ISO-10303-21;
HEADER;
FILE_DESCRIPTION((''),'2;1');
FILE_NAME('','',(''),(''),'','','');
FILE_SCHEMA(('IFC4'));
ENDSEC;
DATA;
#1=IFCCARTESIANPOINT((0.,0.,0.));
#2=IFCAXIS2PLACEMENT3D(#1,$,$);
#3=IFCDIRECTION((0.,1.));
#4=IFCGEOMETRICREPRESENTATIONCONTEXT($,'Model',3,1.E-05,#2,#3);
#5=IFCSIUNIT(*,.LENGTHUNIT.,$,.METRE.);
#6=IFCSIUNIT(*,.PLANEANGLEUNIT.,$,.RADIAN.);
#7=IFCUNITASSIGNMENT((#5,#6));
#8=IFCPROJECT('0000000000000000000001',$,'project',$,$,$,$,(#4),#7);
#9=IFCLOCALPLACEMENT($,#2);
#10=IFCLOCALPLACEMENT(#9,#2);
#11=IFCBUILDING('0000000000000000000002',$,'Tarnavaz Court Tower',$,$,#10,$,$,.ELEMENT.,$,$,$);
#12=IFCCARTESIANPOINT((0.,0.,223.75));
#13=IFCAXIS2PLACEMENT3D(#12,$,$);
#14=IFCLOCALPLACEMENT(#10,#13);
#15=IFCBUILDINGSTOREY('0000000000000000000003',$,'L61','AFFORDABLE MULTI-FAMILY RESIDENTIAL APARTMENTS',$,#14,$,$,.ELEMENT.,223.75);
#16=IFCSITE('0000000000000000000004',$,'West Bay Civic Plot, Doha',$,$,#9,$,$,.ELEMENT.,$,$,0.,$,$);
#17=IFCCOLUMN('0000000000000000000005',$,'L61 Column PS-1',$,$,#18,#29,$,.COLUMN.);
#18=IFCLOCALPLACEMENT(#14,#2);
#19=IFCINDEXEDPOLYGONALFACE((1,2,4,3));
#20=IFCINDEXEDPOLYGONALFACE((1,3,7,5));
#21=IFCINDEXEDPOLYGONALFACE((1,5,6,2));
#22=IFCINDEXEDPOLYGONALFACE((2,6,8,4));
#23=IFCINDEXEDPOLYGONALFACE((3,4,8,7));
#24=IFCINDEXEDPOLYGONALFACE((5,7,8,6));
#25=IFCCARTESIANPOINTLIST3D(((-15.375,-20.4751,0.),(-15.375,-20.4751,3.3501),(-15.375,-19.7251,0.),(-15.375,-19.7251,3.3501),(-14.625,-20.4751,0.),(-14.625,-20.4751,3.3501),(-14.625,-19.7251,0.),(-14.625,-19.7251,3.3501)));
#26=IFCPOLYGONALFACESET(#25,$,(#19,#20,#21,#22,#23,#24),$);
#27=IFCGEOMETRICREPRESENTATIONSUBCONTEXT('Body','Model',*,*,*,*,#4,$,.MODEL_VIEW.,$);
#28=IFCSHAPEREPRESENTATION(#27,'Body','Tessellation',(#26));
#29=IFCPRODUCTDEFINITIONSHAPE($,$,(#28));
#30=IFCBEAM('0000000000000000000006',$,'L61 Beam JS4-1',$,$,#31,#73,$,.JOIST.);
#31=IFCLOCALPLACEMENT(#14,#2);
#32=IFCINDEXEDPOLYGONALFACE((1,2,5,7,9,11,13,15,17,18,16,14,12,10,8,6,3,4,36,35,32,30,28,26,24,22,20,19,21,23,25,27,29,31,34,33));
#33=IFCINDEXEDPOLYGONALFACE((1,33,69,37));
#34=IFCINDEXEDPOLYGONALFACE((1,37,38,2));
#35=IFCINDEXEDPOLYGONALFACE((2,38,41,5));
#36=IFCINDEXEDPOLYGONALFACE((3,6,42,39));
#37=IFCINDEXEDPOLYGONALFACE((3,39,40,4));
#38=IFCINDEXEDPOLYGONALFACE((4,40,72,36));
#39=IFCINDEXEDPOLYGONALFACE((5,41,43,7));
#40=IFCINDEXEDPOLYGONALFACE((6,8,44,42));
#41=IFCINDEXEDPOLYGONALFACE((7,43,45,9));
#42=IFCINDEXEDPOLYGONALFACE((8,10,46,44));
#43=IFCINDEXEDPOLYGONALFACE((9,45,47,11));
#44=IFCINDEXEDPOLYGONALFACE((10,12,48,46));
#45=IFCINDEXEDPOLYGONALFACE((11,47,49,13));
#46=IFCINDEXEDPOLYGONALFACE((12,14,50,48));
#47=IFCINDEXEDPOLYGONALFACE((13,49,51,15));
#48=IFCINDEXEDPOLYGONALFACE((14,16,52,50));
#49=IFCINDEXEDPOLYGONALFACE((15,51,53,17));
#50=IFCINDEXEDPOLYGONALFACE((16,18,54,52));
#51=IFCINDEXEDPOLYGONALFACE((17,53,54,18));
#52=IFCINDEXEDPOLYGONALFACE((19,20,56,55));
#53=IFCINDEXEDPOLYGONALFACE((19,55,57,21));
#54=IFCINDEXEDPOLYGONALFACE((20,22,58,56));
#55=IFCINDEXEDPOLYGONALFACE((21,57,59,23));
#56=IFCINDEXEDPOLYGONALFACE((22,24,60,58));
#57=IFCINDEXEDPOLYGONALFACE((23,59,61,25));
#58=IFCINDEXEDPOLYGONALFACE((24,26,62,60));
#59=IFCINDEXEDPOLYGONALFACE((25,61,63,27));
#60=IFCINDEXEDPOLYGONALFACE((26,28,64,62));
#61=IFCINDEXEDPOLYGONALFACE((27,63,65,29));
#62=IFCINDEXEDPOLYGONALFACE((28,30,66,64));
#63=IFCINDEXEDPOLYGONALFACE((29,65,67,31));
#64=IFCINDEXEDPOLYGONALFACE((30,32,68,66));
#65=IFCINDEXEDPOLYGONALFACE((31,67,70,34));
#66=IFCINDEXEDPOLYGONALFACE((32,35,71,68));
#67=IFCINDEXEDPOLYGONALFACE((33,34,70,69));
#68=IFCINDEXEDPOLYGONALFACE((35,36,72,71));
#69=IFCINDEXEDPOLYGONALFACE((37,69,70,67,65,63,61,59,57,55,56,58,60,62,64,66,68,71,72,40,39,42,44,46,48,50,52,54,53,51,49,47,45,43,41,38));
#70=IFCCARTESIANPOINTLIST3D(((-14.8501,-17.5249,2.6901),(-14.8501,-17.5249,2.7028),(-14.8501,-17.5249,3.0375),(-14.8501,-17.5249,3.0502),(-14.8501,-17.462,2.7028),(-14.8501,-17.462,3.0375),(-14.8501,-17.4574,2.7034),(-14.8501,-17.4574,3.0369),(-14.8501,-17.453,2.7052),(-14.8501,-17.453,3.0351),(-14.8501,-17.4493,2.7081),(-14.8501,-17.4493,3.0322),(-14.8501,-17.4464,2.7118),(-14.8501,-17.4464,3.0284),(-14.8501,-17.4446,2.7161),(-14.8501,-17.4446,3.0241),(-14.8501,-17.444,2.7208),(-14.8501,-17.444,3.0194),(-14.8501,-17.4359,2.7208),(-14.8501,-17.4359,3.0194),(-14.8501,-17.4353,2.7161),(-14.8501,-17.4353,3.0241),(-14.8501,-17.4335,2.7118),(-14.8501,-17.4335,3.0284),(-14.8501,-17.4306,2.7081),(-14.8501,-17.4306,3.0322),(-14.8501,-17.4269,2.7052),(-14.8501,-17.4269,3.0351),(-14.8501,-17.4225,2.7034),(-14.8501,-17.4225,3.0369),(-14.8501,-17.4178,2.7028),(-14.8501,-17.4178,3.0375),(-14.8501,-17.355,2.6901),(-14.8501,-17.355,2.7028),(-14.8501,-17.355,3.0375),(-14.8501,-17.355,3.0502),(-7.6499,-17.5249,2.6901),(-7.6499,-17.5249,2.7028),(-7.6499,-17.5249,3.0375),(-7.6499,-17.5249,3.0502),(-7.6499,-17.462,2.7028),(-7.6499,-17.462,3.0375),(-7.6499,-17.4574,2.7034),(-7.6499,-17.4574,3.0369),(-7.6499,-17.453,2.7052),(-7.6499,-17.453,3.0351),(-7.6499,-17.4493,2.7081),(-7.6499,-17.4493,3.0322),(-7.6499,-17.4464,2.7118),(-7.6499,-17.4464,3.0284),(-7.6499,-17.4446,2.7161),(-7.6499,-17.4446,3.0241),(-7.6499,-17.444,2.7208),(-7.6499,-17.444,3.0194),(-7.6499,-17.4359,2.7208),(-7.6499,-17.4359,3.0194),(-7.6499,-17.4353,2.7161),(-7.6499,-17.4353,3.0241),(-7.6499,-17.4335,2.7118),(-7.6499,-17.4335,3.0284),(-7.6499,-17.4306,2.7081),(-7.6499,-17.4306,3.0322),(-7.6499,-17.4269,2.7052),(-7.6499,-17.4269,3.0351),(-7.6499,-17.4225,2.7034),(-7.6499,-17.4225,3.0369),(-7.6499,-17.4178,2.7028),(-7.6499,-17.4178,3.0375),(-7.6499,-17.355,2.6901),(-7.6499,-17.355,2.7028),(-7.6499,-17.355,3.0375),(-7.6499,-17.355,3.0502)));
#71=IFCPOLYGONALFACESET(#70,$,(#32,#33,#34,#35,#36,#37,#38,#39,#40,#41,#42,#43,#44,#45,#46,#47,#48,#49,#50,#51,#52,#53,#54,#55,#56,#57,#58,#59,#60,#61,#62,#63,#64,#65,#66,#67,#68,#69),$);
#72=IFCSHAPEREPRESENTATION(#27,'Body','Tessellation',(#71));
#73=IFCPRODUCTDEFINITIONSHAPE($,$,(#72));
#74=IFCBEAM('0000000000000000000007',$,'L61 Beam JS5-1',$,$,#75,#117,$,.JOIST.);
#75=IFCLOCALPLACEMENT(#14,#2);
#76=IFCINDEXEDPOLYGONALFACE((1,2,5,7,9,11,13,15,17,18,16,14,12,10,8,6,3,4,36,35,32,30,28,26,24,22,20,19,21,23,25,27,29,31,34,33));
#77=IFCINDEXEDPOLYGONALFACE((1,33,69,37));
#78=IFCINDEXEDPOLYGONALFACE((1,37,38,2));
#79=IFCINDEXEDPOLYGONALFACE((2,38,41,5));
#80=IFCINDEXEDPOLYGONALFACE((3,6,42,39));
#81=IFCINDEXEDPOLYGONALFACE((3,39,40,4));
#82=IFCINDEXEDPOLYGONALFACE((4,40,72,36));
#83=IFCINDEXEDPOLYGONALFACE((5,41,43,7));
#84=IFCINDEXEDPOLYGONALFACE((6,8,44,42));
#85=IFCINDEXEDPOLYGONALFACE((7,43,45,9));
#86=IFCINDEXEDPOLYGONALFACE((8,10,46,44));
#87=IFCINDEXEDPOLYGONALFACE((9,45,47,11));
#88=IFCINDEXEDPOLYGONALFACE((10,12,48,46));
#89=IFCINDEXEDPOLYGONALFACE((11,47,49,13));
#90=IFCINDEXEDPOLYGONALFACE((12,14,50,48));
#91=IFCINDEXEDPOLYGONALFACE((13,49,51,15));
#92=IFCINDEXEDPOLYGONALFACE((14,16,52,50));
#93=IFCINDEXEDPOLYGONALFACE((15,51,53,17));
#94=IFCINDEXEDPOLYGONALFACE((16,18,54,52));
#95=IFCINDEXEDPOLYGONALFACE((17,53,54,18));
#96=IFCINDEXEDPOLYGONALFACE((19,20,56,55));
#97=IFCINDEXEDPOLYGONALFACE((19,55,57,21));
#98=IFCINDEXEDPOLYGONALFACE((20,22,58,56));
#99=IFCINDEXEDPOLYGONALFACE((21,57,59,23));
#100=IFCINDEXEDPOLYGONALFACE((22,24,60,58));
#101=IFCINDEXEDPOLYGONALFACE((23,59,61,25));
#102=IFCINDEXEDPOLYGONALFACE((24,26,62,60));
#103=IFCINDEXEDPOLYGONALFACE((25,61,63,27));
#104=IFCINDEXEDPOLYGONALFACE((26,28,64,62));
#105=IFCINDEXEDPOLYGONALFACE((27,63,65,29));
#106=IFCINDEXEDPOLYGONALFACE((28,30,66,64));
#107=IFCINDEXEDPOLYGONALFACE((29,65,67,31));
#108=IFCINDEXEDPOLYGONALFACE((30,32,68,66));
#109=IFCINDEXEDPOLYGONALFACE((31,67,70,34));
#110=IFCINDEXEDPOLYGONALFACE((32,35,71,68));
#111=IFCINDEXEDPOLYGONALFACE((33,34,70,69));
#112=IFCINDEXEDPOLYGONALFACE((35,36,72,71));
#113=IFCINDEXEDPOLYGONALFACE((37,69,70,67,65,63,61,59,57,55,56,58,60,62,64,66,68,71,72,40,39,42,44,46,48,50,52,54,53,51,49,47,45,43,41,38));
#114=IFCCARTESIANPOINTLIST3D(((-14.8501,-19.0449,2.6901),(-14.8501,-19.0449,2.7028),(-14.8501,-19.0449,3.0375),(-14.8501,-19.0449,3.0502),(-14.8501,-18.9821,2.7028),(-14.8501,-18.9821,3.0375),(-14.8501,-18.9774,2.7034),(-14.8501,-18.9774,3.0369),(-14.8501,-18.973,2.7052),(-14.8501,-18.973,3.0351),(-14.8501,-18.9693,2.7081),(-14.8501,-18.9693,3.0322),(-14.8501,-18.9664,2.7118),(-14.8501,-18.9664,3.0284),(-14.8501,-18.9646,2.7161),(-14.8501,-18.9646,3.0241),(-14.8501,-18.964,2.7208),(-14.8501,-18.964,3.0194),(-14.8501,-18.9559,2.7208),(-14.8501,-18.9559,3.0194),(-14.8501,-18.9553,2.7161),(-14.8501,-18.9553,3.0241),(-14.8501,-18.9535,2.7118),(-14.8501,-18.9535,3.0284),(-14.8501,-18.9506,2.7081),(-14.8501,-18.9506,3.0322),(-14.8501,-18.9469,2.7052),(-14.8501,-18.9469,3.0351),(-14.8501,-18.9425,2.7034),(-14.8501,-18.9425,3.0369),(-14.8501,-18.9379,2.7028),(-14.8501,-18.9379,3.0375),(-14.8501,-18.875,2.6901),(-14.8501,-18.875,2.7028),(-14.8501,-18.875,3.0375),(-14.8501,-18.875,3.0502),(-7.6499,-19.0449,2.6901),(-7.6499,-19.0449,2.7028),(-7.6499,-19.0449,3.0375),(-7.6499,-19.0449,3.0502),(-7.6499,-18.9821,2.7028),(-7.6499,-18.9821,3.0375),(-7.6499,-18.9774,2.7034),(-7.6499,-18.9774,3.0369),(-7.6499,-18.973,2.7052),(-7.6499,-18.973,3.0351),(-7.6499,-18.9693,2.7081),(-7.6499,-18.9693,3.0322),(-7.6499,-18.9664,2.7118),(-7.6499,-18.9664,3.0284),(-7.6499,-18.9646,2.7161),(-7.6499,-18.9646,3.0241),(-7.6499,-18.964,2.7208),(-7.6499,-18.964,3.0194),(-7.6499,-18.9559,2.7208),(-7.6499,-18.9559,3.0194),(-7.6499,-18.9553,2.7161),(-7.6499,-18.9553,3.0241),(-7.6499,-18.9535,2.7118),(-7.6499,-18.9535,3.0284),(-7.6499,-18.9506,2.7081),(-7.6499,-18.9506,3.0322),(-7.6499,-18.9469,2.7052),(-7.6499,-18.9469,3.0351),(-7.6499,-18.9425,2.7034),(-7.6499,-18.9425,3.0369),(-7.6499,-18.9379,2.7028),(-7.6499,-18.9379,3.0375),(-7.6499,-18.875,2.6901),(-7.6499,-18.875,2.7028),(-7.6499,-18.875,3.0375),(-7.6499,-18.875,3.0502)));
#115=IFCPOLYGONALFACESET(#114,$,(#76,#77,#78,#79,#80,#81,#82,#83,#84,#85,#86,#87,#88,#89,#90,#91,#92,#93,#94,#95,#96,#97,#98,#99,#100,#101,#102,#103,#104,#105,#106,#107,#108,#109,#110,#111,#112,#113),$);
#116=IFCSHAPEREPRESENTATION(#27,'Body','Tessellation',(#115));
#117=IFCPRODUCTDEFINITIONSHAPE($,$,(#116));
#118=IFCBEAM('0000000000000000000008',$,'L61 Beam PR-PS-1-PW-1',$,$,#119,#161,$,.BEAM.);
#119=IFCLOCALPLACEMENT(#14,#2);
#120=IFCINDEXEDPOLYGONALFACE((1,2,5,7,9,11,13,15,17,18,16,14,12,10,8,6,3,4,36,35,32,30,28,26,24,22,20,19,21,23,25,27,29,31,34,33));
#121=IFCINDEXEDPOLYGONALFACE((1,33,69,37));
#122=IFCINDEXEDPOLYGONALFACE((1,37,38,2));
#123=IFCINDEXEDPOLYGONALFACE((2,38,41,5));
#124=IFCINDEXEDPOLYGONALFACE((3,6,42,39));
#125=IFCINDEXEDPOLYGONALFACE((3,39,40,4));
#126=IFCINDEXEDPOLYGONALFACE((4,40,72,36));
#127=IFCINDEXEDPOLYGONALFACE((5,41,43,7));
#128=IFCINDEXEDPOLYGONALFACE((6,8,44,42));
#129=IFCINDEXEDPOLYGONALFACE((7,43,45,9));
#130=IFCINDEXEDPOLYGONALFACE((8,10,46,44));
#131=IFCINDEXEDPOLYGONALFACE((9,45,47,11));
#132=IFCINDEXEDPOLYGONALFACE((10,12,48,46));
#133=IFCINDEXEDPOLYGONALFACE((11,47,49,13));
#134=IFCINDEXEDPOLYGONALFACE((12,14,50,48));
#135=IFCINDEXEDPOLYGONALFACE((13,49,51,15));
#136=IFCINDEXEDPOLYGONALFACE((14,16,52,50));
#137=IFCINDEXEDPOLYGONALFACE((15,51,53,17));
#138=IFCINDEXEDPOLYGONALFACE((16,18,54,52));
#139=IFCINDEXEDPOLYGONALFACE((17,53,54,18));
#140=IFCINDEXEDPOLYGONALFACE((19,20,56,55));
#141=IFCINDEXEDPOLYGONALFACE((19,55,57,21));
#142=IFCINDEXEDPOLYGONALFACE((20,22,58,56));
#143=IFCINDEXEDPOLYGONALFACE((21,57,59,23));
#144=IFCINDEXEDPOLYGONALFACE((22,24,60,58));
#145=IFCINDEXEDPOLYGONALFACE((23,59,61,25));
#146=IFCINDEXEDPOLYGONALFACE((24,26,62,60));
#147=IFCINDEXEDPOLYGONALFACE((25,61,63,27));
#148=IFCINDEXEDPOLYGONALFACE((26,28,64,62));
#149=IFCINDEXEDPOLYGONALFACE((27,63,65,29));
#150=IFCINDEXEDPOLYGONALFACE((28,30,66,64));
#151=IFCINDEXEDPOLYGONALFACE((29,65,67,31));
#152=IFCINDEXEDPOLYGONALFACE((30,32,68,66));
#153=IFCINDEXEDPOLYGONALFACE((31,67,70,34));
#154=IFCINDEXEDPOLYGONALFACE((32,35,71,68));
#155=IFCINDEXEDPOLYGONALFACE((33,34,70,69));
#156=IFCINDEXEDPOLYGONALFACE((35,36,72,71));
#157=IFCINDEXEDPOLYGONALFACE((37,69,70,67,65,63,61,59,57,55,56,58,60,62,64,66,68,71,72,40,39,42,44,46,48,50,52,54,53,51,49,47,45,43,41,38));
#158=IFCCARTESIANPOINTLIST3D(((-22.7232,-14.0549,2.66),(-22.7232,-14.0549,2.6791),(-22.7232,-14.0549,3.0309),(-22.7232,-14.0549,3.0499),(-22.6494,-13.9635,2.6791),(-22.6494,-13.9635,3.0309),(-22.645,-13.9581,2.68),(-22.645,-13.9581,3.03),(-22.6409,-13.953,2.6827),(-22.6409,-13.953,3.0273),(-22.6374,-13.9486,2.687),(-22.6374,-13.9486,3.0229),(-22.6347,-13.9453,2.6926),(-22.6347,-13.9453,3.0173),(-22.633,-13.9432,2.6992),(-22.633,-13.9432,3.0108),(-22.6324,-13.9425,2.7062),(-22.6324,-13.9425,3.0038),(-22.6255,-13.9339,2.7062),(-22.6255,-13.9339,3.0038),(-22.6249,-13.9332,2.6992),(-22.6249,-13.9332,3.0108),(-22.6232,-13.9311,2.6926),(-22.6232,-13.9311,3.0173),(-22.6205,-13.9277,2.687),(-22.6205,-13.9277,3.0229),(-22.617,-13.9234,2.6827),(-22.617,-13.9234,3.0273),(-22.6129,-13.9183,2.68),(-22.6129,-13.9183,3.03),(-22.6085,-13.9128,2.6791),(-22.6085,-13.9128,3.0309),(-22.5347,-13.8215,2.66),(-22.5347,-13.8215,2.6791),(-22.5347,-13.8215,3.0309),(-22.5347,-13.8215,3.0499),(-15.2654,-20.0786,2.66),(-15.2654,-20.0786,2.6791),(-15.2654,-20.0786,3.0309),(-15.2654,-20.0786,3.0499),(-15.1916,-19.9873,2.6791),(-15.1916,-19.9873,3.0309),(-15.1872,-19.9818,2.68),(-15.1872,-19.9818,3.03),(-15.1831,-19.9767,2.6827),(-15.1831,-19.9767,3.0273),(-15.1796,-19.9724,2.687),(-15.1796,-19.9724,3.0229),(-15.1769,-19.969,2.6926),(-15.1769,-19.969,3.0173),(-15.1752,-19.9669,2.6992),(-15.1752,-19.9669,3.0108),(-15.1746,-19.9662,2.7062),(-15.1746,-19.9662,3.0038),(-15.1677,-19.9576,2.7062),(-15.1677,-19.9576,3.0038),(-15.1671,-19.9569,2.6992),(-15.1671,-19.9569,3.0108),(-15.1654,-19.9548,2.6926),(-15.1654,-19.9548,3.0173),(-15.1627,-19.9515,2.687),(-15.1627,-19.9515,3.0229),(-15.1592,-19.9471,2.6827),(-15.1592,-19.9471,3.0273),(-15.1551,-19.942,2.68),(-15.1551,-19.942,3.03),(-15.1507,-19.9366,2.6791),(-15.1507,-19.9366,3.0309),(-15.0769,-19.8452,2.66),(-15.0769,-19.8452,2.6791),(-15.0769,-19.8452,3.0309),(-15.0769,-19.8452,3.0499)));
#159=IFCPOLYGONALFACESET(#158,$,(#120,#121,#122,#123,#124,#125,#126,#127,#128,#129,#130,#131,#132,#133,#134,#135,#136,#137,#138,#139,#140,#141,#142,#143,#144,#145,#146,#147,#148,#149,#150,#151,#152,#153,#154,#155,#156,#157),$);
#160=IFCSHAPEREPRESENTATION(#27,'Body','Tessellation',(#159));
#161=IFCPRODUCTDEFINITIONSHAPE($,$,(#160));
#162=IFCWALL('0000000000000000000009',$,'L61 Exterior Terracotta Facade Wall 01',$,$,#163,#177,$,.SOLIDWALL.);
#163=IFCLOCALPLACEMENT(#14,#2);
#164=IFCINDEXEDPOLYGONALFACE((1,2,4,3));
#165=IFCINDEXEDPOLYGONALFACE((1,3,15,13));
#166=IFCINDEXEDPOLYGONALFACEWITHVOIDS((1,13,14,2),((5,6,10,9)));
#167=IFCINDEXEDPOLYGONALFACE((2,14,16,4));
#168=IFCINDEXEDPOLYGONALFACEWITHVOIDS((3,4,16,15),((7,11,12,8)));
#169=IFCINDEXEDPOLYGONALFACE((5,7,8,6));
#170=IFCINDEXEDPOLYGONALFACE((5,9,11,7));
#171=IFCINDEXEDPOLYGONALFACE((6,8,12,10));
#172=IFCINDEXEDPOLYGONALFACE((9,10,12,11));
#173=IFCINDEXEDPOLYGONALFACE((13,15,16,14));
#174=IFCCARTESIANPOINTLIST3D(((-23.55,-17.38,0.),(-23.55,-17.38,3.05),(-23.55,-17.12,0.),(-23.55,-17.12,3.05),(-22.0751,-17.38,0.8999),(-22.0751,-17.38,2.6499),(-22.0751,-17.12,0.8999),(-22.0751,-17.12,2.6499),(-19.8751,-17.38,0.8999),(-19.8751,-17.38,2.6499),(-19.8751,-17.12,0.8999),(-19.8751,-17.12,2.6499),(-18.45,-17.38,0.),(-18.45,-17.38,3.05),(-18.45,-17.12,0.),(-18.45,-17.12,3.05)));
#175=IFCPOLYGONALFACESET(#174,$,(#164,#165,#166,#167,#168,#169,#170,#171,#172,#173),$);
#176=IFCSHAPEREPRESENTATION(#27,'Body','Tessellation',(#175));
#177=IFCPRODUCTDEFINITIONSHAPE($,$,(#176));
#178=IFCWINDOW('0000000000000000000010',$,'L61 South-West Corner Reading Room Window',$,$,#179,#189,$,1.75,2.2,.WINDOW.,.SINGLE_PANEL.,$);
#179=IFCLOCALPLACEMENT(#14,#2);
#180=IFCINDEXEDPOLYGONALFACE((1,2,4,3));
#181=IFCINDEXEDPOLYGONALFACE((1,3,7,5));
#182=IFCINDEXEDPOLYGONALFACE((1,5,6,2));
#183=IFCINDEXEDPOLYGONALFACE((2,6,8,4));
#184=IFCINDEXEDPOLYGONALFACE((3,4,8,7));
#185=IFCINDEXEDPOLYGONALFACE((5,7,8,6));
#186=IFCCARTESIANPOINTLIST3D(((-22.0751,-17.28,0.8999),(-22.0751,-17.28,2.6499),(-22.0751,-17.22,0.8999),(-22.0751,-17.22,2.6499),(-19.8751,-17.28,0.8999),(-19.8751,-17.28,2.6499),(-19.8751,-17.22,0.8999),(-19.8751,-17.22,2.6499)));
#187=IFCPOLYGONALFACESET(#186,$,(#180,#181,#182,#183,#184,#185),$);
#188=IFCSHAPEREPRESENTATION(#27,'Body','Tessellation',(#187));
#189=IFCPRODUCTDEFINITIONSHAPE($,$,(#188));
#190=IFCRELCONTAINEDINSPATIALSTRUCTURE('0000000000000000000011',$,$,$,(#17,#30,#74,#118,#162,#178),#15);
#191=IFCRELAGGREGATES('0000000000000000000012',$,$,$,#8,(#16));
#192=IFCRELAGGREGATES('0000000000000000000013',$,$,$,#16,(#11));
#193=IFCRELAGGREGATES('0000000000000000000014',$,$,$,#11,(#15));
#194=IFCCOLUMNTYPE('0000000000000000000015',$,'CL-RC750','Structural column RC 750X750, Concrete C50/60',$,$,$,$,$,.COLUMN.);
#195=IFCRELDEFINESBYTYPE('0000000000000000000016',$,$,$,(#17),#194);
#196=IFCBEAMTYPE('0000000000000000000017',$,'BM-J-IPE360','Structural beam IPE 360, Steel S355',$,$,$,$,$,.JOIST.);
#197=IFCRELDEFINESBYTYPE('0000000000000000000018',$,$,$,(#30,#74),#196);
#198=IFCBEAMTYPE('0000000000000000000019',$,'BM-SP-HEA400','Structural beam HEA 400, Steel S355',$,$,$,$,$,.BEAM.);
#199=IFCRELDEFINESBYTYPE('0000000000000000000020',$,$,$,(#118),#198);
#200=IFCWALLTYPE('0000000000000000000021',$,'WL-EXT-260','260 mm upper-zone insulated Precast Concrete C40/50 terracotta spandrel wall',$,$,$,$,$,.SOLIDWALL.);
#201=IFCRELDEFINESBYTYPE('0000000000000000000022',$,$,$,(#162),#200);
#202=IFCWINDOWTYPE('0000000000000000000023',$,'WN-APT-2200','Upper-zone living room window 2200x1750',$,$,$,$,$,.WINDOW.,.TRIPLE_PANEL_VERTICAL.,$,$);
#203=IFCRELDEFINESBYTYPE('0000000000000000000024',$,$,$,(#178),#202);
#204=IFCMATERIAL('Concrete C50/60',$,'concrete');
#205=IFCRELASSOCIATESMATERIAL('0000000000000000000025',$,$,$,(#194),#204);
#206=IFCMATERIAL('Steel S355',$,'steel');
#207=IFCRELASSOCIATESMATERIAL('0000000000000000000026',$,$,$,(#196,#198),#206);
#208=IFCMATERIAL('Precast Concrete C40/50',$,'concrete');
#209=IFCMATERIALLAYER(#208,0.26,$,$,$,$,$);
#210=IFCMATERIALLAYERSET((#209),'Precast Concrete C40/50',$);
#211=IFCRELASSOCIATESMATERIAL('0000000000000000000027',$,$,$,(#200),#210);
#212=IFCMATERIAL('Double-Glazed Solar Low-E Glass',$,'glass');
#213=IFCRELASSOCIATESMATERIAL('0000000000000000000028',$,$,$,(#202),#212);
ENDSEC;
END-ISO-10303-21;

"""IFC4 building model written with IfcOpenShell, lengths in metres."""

from ifc_helpers import new_model, si_unit, direction, frame, frame_2d, origin, origin_2d, place, context, subcontext, project, spatial, rectangle, i_section, extrude, material, layer, layer_set, material_profile, profile_set, type_object, element, fill, save


model = new_model("IFC4")

# Units and contexts
model_context = context("Model", 3, precision=1e-05, world=origin(), true_north=direction((0.0, 1.0)))
body_context = subcontext(model_context, "Body", "Model", "MODEL_VIEW")
ifc_project = project(units=[si_unit("LENGTHUNIT", "METRE"), si_unit("PLANEANGLEUNIT", "RADIAN")], contexts=[model_context])

# Site, building, storey
site_placement = place(None, origin())
site = spatial("IfcSite", under=ifc_project, at=site_placement, Name="West Bay Civic Plot, Doha", CompositionType="ELEMENT", RefElevation=0.0)
building_placement = place(site_placement, origin())
building = spatial("IfcBuilding", under=site, at=building_placement, Name="Tarnavaz Court Tower", CompositionType="ELEMENT")
storey_placement = place(building_placement, frame((0.0, 0.0, 223.75)))
storey = spatial("IfcBuildingStorey", under=building, at=storey_placement, Name="L61", Description="AFFORDABLE MULTI-FAMILY RESIDENTIAL APARTMENTS", CompositionType="ELEMENT", Elevation=223.75)

# Column
ifc_material_1 = material(Name="Concrete C50/60", Category="concrete")
ifc_material_profile_1 = material_profile(ifc_material_1, rectangle(XDim=0.75, YDim=0.75, at=origin_2d()), Name="RC 750X750")
ifc_profile_set_1 = profile_set([ifc_material_profile_1], Name="Concrete C50/60")
column_type = type_object("IfcColumnType", Name="CL-RC750", Description="Structural column RC 750X750, Concrete C50/60", PredefinedType="COLUMN", material=ifc_profile_set_1)
column_placement = place(storey_placement, frame((-15.0, -20.1001, 0.0), z_axis=(0.0, 0.0, 1.0), x_axis=(1.0, 0.0, 0.0)))
element("IfcColumn", 1, at=column_placement, inside=storey, type_object=column_type, Name="L61 Column PS-1", PredefinedType="COLUMN", context=body_context, shape_type="SweptSolid", body=[
    extrude(rectangle(XDim=0.75, YDim=0.75, at=origin_2d()), origin(), (0.0, 0.0, 1.0), 3.3501),
])

# Beams
ifc_material_2 = material(Name="Steel S355", Category="steel")
ifc_material_profile_2 = material_profile(ifc_material_2, i_section(OverallWidth=0.1699, OverallDepth=0.3601, WebThickness=0.0081, FlangeThickness=0.0127, FilletRadius=0.0181, at=origin_2d()), Name="IPE 360")
ifc_profile_set_2 = profile_set([ifc_material_profile_2], Name="Steel S355")
beam_type_1 = type_object("IfcBeamType", Name="BM-J-IPE360", Description="Structural beam IPE 360, Steel S355", PredefinedType="JOIST", material=ifc_profile_set_2)
for number, where, z_axis, x_axis, name in (
    (2, (-14.8501, -17.4399, 2.8701), (1.0, 0.0, 0.0), (0.0, 1.0, 0.0), "L61 Beam JS4-1"),
    (3, (-14.8501, -18.96, 2.8701), (1.0, 0.0, 0.0), (0.0, 1.0, 0.0), "L61 Beam JS5-1"),
):
    element("IfcBeam", number, at=place(storey_placement, frame(where, z_axis=z_axis, x_axis=x_axis)), inside=storey, type_object=beam_type_1, Name=name, PredefinedType="JOIST", context=body_context, shape_type="SweptSolid", body=[
        extrude(i_section(OverallWidth=0.1699, OverallDepth=0.3601, WebThickness=0.0081, FlangeThickness=0.0127, FilletRadius=0.0181, at=origin_2d()), origin(), (0.0, 0.0, 1.0), 7.2002),
    ])
ifc_material_profile_3 = material_profile(ifc_material_2, i_section(OverallWidth=0.3, OverallDepth=0.3899, WebThickness=0.011, FlangeThickness=0.019, FilletRadius=0.0271, at=origin_2d()), Name="HEA 400")
ifc_profile_set_3 = profile_set([ifc_material_profile_3], Name="Steel S355")
beam_type_2 = type_object("IfcBeamType", Name="BM-SP-HEA400", Description="Structural beam HEA 400, Steel S355", PredefinedType="BEAM", material=ifc_profile_set_3)
beam_placement = place(storey_placement, frame((-15.1711, -19.9619, 2.855), z_axis=(-0.777936, 0.628344, 0.0), x_axis=(-0.628344, -0.777936, 0.0)))
element("IfcBeam", 4, at=beam_placement, inside=storey, type_object=beam_type_2, Name="L61 Beam PR-PS-1-PW-1", PredefinedType="BEAM", context=body_context, shape_type="SweptSolid", body=[
    extrude(i_section(OverallWidth=0.3, OverallDepth=0.3899, WebThickness=0.011, FlangeThickness=0.019, FilletRadius=0.0271, at=origin_2d()), origin(), (0.0, 0.0, 1.0), 9.5867),
])

# Wall, opening, window
ifc_material_3 = material(Name="Precast Concrete C40/50", Category="concrete")
ifc_layer_1 = layer(ifc_material_3, 0.26)
ifc_layer_set_1 = layer_set([ifc_layer_1], Name="Precast Concrete C40/50")
wall_type_1 = type_object("IfcWallType", Name="WL-EXT-260", Description="260 mm upper-zone insulated Precast Concrete C40/50 terracotta spandrel wall", PredefinedType="SOLIDWALL", material=ifc_layer_set_1)
wall_1_placement = place(storey_placement, frame((-18.45, -17.25, 0.0), z_axis=(0.0, 0.0, 1.0), x_axis=(-1.0, 0.0, 0.0)))
wall_1 = element("IfcWall", 5, at=wall_1_placement, inside=storey, type_object=wall_type_1, Name="L61 Exterior Terracotta Facade Wall 01", PredefinedType="SOLIDWALL", context=body_context, shape_type="SweptSolid", body=[
    extrude(rectangle(XDim=5.1001, YDim=0.26, at=frame_2d((2.55, 0.0))), origin(), (0.0, 0.0, 1.0), 3.05),
])
opening_1_placement = place(wall_1_placement, frame((1.425, 0.0, 0.8999)))
opening_1 = element("IfcOpeningElement", 6, at=opening_1_placement, cuts=wall_1, PredefinedType="OPENING", context=body_context, shape_type="SweptSolid", body=[
    extrude(rectangle(XDim=2.2, YDim=1.75, at=frame_2d((1.1001, 0.875))), frame((0.0, 0.1399, 0.0), z_axis=(0.0, -1.0, 0.0), x_axis=(1.0, 0.0, 0.0)), (0.0, 0.0, 1.0), 0.28),
])
ifc_material_4 = material(Name="Double-Glazed Solar Low-E Glass", Category="glass")
window_type_1 = type_object("IfcWindowType", Name="WN-APT-2200", Description="Upper-zone living room window 2200x1750", PartitioningType="TRIPLE_PANEL_VERTICAL", PredefinedType="WINDOW", material=ifc_material_4)
window_1_placement = place(opening_1_placement, origin())
window_1 = element("IfcWindow", 7, at=window_1_placement, inside=storey, type_object=window_type_1, Name="L61 South-West Corner Reading Room Window", OverallHeight=1.75, OverallWidth=2.2, PartitioningType="SINGLE_PANEL", PredefinedType="WINDOW", context=body_context, shape_type="SweptSolid", body=[
    extrude(rectangle(XDim=2.2, YDim=1.75, at=frame_2d((1.1001, 0.875))), frame((0.0, 0.03, 0.0), z_axis=(0.0, -1.0, 0.0), x_axis=(1.0, 0.0, 0.0)), (0.0, 0.0, 1.0), 0.0601),
])
fill(opening_1, window_1)

save(model, "model.ifc")
